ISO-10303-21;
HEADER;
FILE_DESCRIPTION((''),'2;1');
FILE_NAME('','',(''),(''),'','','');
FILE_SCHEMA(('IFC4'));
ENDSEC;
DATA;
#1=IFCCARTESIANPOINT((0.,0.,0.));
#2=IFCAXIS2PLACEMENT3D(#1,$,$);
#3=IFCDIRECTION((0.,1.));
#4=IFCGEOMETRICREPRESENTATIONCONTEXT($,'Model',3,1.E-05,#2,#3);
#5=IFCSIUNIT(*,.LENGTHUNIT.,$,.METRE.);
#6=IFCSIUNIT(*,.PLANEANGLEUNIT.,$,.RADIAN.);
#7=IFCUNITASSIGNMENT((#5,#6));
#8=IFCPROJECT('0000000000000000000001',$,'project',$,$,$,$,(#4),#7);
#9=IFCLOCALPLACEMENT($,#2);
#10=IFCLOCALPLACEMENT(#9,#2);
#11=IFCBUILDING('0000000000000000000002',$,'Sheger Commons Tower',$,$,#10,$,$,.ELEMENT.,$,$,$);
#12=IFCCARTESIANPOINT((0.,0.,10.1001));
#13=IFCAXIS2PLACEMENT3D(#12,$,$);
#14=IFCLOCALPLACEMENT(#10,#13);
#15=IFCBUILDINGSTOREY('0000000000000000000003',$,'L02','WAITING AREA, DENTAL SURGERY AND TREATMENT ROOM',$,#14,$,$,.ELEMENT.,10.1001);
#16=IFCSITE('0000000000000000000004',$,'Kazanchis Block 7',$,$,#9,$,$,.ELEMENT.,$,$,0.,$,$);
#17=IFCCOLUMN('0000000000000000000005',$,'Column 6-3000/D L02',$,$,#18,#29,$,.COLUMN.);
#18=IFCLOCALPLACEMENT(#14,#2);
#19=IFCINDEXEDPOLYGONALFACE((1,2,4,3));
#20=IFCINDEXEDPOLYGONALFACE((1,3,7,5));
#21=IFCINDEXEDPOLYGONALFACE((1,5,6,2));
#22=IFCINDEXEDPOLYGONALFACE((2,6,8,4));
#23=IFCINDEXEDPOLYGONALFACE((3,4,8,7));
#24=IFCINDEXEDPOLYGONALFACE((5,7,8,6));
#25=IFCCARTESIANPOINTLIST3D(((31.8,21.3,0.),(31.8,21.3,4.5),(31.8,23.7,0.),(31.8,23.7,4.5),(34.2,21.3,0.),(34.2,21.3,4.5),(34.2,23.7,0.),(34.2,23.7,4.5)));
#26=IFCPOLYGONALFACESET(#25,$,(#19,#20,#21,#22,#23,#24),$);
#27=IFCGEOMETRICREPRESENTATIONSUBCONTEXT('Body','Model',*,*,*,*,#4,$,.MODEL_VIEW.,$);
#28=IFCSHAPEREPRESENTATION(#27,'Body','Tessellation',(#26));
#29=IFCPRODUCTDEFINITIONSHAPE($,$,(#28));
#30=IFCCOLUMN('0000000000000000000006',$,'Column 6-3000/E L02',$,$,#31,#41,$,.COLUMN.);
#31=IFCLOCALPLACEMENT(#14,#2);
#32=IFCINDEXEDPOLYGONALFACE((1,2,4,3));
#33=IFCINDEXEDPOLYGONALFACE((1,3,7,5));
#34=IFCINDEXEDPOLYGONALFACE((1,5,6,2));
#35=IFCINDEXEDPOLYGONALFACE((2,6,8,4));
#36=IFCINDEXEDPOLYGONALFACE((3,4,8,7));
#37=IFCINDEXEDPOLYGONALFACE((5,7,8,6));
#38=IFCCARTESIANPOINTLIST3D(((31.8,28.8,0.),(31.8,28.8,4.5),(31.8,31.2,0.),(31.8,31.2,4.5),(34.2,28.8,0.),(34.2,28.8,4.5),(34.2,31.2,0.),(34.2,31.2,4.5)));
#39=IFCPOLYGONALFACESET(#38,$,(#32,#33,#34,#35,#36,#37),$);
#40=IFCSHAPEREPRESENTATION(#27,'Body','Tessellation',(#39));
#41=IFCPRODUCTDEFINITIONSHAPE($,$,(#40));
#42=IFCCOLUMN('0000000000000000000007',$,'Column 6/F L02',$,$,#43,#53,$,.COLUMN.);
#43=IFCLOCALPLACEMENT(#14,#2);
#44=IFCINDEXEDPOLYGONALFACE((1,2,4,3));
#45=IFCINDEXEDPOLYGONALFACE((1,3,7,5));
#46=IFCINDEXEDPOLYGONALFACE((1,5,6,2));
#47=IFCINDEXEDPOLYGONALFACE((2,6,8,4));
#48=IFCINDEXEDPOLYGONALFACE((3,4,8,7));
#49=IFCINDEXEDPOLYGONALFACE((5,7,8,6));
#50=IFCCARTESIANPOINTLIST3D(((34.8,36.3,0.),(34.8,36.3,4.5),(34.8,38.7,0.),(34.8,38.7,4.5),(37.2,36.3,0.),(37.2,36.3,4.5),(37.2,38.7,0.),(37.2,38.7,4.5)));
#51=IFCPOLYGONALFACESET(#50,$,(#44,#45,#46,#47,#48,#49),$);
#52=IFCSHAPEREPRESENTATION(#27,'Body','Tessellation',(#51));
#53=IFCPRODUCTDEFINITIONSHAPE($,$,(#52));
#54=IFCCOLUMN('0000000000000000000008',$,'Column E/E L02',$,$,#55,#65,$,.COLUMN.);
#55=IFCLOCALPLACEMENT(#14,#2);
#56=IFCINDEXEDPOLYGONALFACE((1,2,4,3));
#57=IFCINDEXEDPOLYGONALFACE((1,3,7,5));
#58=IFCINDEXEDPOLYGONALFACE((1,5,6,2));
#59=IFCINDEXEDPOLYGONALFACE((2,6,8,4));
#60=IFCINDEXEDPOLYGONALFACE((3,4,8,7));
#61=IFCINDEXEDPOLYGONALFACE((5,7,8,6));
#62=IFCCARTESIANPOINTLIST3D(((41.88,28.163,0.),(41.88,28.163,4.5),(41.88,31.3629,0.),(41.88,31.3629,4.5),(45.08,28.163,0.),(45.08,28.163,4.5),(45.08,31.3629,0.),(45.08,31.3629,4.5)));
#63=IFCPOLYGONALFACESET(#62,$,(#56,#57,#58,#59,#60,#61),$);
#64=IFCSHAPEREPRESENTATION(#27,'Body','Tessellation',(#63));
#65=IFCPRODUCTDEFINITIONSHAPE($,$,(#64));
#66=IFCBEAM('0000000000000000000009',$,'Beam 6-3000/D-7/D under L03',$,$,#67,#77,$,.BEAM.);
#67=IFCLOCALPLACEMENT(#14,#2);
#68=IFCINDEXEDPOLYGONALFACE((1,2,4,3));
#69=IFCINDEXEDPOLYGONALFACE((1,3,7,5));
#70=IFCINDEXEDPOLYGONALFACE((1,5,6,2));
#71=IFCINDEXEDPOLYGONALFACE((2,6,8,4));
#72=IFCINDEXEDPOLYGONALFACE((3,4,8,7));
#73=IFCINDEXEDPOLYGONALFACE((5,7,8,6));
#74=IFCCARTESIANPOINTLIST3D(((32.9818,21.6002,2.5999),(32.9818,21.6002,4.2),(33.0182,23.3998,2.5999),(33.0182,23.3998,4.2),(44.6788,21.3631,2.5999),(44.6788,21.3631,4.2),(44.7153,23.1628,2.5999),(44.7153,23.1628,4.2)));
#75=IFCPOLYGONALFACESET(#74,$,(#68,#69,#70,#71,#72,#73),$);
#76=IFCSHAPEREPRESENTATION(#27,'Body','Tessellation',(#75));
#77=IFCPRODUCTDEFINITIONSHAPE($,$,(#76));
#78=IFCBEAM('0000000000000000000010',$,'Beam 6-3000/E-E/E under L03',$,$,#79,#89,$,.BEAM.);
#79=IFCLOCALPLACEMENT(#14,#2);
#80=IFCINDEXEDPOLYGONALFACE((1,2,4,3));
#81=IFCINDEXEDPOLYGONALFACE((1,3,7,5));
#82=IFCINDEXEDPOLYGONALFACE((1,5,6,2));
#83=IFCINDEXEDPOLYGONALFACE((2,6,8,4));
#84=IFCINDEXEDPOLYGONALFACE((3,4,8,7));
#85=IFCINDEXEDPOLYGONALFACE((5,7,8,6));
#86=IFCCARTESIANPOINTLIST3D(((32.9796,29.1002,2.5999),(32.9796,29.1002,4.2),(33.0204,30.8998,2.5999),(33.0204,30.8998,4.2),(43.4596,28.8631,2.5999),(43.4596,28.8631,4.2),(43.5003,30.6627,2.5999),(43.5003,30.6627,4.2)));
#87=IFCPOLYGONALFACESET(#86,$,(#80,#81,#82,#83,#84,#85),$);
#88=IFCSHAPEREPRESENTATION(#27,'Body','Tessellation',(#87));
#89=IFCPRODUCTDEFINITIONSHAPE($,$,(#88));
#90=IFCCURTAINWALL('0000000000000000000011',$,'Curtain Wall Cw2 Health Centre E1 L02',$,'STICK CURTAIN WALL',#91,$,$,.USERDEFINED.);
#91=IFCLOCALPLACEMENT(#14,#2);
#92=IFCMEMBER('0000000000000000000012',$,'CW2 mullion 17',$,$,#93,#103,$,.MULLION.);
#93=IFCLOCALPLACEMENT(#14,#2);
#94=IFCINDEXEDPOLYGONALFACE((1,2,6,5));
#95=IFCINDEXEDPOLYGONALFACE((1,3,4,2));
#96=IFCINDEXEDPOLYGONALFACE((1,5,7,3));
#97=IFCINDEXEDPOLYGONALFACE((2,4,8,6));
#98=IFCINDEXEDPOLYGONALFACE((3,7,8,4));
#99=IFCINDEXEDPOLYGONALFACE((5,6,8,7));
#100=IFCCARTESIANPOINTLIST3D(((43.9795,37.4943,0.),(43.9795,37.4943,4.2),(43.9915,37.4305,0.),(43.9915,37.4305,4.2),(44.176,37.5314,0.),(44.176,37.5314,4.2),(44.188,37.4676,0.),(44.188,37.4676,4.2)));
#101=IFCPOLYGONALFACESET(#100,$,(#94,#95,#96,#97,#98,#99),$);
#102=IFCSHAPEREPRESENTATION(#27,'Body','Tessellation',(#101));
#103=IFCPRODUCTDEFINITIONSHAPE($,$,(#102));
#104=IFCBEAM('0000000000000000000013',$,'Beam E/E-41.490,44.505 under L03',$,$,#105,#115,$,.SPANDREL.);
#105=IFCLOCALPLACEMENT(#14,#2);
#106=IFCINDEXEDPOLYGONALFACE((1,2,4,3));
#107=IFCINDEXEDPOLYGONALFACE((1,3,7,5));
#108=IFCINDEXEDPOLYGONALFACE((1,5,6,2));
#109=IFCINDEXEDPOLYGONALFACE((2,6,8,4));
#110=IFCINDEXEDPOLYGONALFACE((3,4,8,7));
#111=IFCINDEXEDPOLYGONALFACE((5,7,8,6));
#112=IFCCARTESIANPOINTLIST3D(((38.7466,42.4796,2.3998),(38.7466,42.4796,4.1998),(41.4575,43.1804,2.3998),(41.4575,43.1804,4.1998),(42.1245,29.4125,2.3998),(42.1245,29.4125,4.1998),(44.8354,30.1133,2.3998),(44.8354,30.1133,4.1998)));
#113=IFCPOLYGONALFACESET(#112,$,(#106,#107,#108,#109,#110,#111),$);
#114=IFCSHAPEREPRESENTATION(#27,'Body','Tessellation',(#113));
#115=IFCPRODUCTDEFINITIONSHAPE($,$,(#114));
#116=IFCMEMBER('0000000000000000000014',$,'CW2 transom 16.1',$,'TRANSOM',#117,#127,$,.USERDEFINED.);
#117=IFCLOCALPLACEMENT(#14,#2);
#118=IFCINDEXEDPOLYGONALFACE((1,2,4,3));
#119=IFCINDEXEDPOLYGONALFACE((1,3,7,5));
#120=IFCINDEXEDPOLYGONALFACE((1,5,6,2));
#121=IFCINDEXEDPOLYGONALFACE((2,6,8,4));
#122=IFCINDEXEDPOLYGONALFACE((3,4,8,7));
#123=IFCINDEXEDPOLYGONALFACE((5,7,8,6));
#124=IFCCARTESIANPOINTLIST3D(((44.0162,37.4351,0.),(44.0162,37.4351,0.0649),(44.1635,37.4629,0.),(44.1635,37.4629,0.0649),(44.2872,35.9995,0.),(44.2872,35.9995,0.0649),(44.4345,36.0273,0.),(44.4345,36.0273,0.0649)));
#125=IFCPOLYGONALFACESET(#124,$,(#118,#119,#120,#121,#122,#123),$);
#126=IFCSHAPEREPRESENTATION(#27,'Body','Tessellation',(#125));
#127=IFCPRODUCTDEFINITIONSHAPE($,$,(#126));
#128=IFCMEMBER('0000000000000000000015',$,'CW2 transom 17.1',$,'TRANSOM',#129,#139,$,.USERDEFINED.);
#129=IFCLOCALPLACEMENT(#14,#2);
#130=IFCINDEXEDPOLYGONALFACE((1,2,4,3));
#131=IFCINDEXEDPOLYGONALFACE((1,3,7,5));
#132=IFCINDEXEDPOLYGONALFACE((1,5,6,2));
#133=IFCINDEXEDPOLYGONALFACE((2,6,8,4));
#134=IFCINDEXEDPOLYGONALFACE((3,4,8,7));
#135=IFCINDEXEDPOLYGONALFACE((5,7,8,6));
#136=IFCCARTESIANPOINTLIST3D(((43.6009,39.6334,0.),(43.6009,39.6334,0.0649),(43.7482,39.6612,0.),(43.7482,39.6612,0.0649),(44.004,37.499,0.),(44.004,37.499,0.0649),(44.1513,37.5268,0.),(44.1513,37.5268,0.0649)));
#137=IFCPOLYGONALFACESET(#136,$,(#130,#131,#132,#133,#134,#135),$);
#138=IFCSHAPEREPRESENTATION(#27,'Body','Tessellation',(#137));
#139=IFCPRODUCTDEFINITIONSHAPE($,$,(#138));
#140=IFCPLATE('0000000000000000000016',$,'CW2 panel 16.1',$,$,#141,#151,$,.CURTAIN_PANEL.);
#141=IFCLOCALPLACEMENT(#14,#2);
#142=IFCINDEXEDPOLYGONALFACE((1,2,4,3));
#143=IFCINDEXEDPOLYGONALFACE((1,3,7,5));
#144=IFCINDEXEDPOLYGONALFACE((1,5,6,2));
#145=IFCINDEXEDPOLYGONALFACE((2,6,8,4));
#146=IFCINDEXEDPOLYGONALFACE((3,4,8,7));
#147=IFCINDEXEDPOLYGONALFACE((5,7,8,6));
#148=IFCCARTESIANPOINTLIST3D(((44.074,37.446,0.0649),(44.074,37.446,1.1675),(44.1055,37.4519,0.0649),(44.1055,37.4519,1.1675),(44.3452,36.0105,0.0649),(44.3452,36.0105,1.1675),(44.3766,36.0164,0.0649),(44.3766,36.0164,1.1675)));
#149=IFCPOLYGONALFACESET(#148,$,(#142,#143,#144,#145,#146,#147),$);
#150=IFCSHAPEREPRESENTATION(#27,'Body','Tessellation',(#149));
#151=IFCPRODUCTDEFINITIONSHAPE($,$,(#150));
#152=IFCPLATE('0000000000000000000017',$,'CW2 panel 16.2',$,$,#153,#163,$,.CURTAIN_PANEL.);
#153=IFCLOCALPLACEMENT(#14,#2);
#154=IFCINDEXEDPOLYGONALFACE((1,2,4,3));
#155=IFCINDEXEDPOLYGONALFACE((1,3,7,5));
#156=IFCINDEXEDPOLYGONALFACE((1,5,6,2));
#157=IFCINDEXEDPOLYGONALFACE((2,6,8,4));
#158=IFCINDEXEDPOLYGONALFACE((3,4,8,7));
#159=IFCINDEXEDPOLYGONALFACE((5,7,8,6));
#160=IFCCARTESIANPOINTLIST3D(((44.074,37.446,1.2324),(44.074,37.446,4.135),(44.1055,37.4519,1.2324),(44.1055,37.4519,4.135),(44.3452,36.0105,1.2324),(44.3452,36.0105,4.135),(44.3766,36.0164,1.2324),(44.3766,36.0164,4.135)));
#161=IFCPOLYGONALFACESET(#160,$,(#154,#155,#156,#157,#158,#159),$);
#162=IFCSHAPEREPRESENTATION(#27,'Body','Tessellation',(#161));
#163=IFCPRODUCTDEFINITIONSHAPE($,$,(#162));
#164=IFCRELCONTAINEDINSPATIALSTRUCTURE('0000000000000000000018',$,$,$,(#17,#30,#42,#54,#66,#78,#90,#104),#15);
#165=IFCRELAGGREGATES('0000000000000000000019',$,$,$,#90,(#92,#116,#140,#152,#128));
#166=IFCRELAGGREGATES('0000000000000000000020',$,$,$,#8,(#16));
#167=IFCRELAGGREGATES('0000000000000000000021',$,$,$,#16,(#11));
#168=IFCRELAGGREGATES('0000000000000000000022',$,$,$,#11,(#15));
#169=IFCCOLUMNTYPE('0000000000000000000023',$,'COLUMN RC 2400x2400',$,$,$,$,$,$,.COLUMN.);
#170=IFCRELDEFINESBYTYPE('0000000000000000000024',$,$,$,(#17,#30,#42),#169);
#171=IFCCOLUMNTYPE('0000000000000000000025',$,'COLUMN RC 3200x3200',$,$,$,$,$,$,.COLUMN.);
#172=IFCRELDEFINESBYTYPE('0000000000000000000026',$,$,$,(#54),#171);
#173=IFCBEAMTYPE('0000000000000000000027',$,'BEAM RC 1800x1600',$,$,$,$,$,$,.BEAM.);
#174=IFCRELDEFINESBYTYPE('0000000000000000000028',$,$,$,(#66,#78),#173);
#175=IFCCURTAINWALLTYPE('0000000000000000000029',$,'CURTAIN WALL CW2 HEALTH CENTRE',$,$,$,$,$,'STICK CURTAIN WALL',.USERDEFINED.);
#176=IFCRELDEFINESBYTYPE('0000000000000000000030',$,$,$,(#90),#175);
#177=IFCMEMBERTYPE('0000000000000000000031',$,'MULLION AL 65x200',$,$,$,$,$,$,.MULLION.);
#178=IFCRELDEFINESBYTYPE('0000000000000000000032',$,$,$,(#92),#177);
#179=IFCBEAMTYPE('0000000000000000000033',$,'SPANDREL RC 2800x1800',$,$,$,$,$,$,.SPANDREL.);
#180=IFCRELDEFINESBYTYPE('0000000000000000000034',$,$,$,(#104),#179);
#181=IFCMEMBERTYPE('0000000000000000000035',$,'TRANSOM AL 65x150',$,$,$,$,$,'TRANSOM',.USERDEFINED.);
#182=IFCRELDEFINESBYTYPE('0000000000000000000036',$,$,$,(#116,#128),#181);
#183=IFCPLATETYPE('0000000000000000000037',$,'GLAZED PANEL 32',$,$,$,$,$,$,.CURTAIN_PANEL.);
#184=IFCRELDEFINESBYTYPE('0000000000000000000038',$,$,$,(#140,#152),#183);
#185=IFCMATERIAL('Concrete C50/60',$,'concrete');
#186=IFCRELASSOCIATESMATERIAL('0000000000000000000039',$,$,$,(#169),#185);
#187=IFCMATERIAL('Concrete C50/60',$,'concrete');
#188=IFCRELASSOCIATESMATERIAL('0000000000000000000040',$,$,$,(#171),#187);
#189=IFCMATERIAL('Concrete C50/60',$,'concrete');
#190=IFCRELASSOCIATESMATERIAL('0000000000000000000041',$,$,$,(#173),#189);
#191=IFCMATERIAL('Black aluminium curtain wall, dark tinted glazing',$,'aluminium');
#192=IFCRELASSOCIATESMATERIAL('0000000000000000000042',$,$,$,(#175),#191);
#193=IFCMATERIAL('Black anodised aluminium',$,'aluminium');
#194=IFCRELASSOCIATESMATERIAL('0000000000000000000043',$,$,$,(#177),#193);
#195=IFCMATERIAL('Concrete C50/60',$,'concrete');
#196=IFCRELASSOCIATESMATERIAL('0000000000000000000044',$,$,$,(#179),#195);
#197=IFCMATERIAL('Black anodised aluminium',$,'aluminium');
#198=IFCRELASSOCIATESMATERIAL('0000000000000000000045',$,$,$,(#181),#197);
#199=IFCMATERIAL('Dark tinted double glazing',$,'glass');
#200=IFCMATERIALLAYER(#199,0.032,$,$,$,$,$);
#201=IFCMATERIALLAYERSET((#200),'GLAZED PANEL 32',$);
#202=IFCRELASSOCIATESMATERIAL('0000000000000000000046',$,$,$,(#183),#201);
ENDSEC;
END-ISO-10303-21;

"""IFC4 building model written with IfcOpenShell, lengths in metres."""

from ifc_helpers import new_model, si_unit, direction, frame, origin, origin_2d, place, context, subcontext, project, spatial, rectangle, extrude, material, layer, layer_set, material_profile, profile_set, type_object, element, aggregate, save


model = new_model("IFC4")

# Units and contexts
model_context = context("Model", 3, precision=1e-05, world=origin(), true_north=direction((0.0, 1.0)))
body_context = subcontext(model_context, "Body", "Model", "MODEL_VIEW")
ifc_project = project(units=[si_unit("LENGTHUNIT", "METRE"), si_unit("PLANEANGLEUNIT", "RADIAN")], contexts=[model_context])

# Site, building, storey
site_placement = place(None, origin())
site = spatial("IfcSite", under=ifc_project, at=site_placement, Name="Kazanchis Block 7", CompositionType="ELEMENT", RefElevation=0.0)
building_placement = place(site_placement, origin())
building = spatial("IfcBuilding", under=site, at=building_placement, Name="Sheger Commons Tower", CompositionType="ELEMENT")
storey_placement = place(building_placement, frame((0.0, 0.0, 10.1001)))
storey = spatial("IfcBuildingStorey", under=building, at=storey_placement, Name="L02", Description="WAITING AREA, DENTAL SURGERY AND TREATMENT ROOM", CompositionType="ELEMENT", Elevation=10.1001)

# Columns
ifc_material_1 = material(Name="Concrete C50/60", Category="concrete")
ifc_material_profile_1 = material_profile(ifc_material_1, rectangle(XDim=2.3999, YDim=2.3999, at=origin_2d()), Name="RC 2400x2400")
ifc_profile_set_1 = profile_set([ifc_material_profile_1], Name="Concrete C50/60")
column_type_1 = type_object("IfcColumnType", Name="COLUMN RC 2400x2400", PredefinedType="COLUMN", material=ifc_profile_set_1)
for number, where, z_axis, x_axis, name in (
    (1, (33.0, 22.5, 0.0), (0.0, 0.0, 1.0), (1.0, 0.0, 0.0), "Column 6-3000/D L02"),
    (2, (33.0, 30.0, 0.0), (0.0, 0.0, 1.0), (1.0, 0.0, 0.0), "Column 6-3000/E L02"),
    (3, (36.0, 37.5, 0.0), (0.0, 0.0, 1.0), (1.0, 0.0, 0.0), "Column 6/F L02"),
):
    element("IfcColumn", number, at=place(storey_placement, frame(where, z_axis=z_axis, x_axis=x_axis)), inside=storey, type_object=column_type_1, Name=name, PredefinedType="COLUMN", context=body_context, shape_type="SweptSolid", body=[
        extrude(rectangle(XDim=2.3999, YDim=2.3999, at=origin_2d()), origin(), (0.0, 0.0, 1.0), 4.5),
    ])
ifc_material_2 = material(Name="Concrete C50/60", Category="concrete")
ifc_material_profile_2 = material_profile(ifc_material_2, rectangle(XDim=3.2, YDim=3.2, at=origin_2d()), Name="RC 3200x3200")
ifc_profile_set_2 = profile_set([ifc_material_profile_2], Name="Concrete C50/60")
column_type_2 = type_object("IfcColumnType", Name="COLUMN RC 3200x3200", PredefinedType="COLUMN", material=ifc_profile_set_2)
column_placement = place(storey_placement, frame((43.48, 29.7629, 0.0), z_axis=(0.0, 0.0, 1.0), x_axis=(1.0, 0.0, 0.0)))
element("IfcColumn", 4, at=column_placement, inside=storey, type_object=column_type_2, Name="Column E/E L02", PredefinedType="COLUMN", context=body_context, shape_type="SweptSolid", body=[
    extrude(rectangle(XDim=3.2, YDim=3.2, at=origin_2d()), origin(), (0.0, 0.0, 1.0), 4.5),
])

# Beams
ifc_material_3 = material(Name="Concrete C50/60", Category="concrete")
ifc_material_profile_3 = material_profile(ifc_material_3, rectangle(XDim=1.8, YDim=1.6001, at=origin_2d()), Name="RC 1800x1600")
ifc_profile_set_3 = profile_set([ifc_material_profile_3], Name="Concrete C50/60")
beam_type_1 = type_object("IfcBeamType", Name="BEAM RC 1800x1600", PredefinedType="BEAM", material=ifc_profile_set_3)
beam_1_placement = place(storey_placement, frame((33.0, 22.5, 3.3999), z_axis=(0.999795, -0.020263, 0.0), x_axis=(0.020263, 0.999795, 0.0)))
element("IfcBeam", 5, at=beam_1_placement, inside=storey, type_object=beam_type_1, Name="Beam 6-3000/D-7/D under L03", PredefinedType="BEAM", context=body_context, shape_type="SweptSolid", body=[
    extrude(rectangle(XDim=1.8, YDim=1.6001, at=origin_2d()), origin(), (0.0, 0.0, 1.0), 11.6995),
])
beam_2_placement = place(storey_placement, frame((33.0, 30.0, 3.3999), z_axis=(0.999744, -0.022615, 0.0), x_axis=(0.022615, 0.999744, 0.0)))
element("IfcBeam", 6, at=beam_2_placement, inside=storey, type_object=beam_type_1, Name="Beam 6-3000/E-E/E under L03", PredefinedType="BEAM", context=body_context, shape_type="SweptSolid", body=[
    extrude(rectangle(XDim=1.8, YDim=1.6001, at=origin_2d()), origin(), (0.0, 0.0, 1.0), 10.4827),
])

# Curtain wall, member
ifc_material_4 = material(Name="Black aluminium curtain wall, dark tinted glazing", Category="aluminium")
curtain_wall_type = type_object("IfcCurtainWallType", Name="CURTAIN WALL CW2 HEALTH CENTRE", ElementType="STICK CURTAIN WALL", PredefinedType="USERDEFINED", material=ifc_material_4)
curtain_wall_placement = place(storey_placement, origin())
curtain_wall = element("IfcCurtainWall", 7, at=curtain_wall_placement, inside=storey, type_object=curtain_wall_type, Name="Curtain Wall Cw2 Health Centre E1 L02", ObjectType="STICK CURTAIN WALL", PredefinedType="USERDEFINED")
ifc_material_5 = material(Name="Black anodised aluminium", Category="aluminium")
ifc_material_profile_4 = material_profile(ifc_material_5, rectangle(XDim=0.2, YDim=0.0649, at=origin_2d()), Name="AL 65x200")
ifc_profile_set_4 = profile_set([ifc_material_profile_4], Name="Black anodised aluminium")
member_type_1 = type_object("IfcMemberType", Name="MULLION AL 65x200", PredefinedType="MULLION", material=ifc_profile_set_4)
member_1_placement = place(storey_placement, frame((44.0837, 37.481, 0.0), z_axis=(0.0, 0.0, 1.0), x_axis=(-0.982624, -0.18561, 0.0)))
member_1 = element("IfcMember", 8, at=member_1_placement, type_object=member_type_1, Name="CW2 mullion 17", PredefinedType="MULLION", context=body_context, shape_type="SweptSolid", body=[
    extrude(rectangle(XDim=0.2, YDim=0.0649, at=origin_2d()), origin(), (0.0, 0.0, 1.0), 4.2),
])

# Beam
ifc_material_6 = material(Name="Concrete C50/60", Category="concrete")
ifc_material_profile_5 = material_profile(ifc_material_6, rectangle(XDim=2.8, YDim=1.8, at=origin_2d()), Name="RC 2800x1800")
ifc_profile_set_5 = profile_set([ifc_material_profile_5], Name="Concrete C50/60")
beam_type_2 = type_object("IfcBeamType", Name="SPANDREL RC 2800x1800", PredefinedType="SPANDREL", material=ifc_profile_set_5)
beam_3_placement = place(storey_placement, frame((43.48, 29.7629, 3.2998), z_axis=(-0.250278, 0.968174, 0.0), x_axis=(-0.968174, -0.250278, 0.0)))
element("IfcBeam", 9, at=beam_3_placement, inside=storey, type_object=beam_type_2, Name="Beam E/E-41.490,44.505 under L03", PredefinedType="SPANDREL", context=body_context, shape_type="SweptSolid", body=[
    extrude(rectangle(XDim=2.8, YDim=1.8, at=origin_2d()), origin(), (0.0, 0.0, 1.0), 13.4966),
])

# Members
ifc_material_7 = material(Name="Black anodised aluminium", Category="aluminium")
ifc_material_profile_6 = material_profile(ifc_material_7, rectangle(XDim=0.1499, YDim=0.0649, at=origin_2d()), Name="AL 65x150")
ifc_profile_set_6 = profile_set([ifc_material_profile_6], Name="Black anodised aluminium")
member_type_2 = type_object("IfcMemberType", Name="TRANSOM AL 65x150", ElementType="TRANSOM", PredefinedType="USERDEFINED", material=ifc_profile_set_6)
member_2_placement = place(storey_placement, frame((44.3608, 36.0134, 0.0325), z_axis=(-0.185499, 0.982644, 0.0), x_axis=(-0.982644, -0.185499, 0.0)))
member_2 = element("IfcMember", 10, at=member_2_placement, type_object=member_type_2, Name="CW2 transom 16.1", ObjectType="TRANSOM", PredefinedType="USERDEFINED", context=body_context, shape_type="SweptSolid", body=[
    extrude(rectangle(XDim=0.1499, YDim=0.0649, at=origin_2d()), origin(), (0.0, 0.0, 1.0), 1.4609),
])
member_3_placement = place(storey_placement, frame((44.0776, 37.5129, 0.0325), z_axis=(-0.185578, 0.98263, 0.0), x_axis=(-0.98263, -0.185578, 0.0)))
member_3 = element("IfcMember", 11, at=member_3_placement, type_object=member_type_2, Name="CW2 transom 17.1", ObjectType="TRANSOM", PredefinedType="USERDEFINED", context=body_context, shape_type="SweptSolid", body=[
    extrude(rectangle(XDim=0.1499, YDim=0.0649, at=origin_2d()), origin(), (0.0, 0.0, 1.0), 2.1721),
])

# Plates
ifc_material_8 = material(Name="Dark tinted double glazing", Category="glass")
ifc_layer_1 = layer(ifc_material_8, 0.032)
ifc_layer_set_1 = layer_set([ifc_layer_1], Name="GLAZED PANEL 32")
plate_type = type_object("IfcPlateType", Name="GLAZED PANEL 32", PredefinedType="CURTAIN_PANEL", material=ifc_layer_set_1)
plate_1_placement = place(storey_placement, frame((44.2253, 36.7312, 0.0649), z_axis=(0.0, 0.0, 1.0), x_axis=(-0.18561, 0.982624, 0.0)))
plate_1 = element("IfcPlate", 12, at=plate_1_placement, type_object=plate_type, Name="CW2 panel 16.1", PredefinedType="CURTAIN_PANEL", context=body_context, shape_type="SweptSolid", body=[
    extrude(rectangle(XDim=1.4609, YDim=0.032, at=origin_2d()), origin(), (0.0, 0.0, 1.0), 1.1025),
])
plate_2_placement = place(storey_placement, frame((44.2253, 36.7312, 1.2324), z_axis=(0.0, 0.0, 1.0), x_axis=(-0.18561, 0.982624, 0.0)))
plate_2 = element("IfcPlate", 13, at=plate_2_placement, type_object=plate_type, Name="CW2 panel 16.2", PredefinedType="CURTAIN_PANEL", context=body_context, shape_type="SweptSolid", body=[
    extrude(rectangle(XDim=1.4609, YDim=0.032, at=origin_2d()), origin(), (0.0, 0.0, 1.0), 2.9026),
])
aggregate(curtain_wall, [member_1, member_2, plate_1, plate_2, member_3])

save(model, "model.ifc")
